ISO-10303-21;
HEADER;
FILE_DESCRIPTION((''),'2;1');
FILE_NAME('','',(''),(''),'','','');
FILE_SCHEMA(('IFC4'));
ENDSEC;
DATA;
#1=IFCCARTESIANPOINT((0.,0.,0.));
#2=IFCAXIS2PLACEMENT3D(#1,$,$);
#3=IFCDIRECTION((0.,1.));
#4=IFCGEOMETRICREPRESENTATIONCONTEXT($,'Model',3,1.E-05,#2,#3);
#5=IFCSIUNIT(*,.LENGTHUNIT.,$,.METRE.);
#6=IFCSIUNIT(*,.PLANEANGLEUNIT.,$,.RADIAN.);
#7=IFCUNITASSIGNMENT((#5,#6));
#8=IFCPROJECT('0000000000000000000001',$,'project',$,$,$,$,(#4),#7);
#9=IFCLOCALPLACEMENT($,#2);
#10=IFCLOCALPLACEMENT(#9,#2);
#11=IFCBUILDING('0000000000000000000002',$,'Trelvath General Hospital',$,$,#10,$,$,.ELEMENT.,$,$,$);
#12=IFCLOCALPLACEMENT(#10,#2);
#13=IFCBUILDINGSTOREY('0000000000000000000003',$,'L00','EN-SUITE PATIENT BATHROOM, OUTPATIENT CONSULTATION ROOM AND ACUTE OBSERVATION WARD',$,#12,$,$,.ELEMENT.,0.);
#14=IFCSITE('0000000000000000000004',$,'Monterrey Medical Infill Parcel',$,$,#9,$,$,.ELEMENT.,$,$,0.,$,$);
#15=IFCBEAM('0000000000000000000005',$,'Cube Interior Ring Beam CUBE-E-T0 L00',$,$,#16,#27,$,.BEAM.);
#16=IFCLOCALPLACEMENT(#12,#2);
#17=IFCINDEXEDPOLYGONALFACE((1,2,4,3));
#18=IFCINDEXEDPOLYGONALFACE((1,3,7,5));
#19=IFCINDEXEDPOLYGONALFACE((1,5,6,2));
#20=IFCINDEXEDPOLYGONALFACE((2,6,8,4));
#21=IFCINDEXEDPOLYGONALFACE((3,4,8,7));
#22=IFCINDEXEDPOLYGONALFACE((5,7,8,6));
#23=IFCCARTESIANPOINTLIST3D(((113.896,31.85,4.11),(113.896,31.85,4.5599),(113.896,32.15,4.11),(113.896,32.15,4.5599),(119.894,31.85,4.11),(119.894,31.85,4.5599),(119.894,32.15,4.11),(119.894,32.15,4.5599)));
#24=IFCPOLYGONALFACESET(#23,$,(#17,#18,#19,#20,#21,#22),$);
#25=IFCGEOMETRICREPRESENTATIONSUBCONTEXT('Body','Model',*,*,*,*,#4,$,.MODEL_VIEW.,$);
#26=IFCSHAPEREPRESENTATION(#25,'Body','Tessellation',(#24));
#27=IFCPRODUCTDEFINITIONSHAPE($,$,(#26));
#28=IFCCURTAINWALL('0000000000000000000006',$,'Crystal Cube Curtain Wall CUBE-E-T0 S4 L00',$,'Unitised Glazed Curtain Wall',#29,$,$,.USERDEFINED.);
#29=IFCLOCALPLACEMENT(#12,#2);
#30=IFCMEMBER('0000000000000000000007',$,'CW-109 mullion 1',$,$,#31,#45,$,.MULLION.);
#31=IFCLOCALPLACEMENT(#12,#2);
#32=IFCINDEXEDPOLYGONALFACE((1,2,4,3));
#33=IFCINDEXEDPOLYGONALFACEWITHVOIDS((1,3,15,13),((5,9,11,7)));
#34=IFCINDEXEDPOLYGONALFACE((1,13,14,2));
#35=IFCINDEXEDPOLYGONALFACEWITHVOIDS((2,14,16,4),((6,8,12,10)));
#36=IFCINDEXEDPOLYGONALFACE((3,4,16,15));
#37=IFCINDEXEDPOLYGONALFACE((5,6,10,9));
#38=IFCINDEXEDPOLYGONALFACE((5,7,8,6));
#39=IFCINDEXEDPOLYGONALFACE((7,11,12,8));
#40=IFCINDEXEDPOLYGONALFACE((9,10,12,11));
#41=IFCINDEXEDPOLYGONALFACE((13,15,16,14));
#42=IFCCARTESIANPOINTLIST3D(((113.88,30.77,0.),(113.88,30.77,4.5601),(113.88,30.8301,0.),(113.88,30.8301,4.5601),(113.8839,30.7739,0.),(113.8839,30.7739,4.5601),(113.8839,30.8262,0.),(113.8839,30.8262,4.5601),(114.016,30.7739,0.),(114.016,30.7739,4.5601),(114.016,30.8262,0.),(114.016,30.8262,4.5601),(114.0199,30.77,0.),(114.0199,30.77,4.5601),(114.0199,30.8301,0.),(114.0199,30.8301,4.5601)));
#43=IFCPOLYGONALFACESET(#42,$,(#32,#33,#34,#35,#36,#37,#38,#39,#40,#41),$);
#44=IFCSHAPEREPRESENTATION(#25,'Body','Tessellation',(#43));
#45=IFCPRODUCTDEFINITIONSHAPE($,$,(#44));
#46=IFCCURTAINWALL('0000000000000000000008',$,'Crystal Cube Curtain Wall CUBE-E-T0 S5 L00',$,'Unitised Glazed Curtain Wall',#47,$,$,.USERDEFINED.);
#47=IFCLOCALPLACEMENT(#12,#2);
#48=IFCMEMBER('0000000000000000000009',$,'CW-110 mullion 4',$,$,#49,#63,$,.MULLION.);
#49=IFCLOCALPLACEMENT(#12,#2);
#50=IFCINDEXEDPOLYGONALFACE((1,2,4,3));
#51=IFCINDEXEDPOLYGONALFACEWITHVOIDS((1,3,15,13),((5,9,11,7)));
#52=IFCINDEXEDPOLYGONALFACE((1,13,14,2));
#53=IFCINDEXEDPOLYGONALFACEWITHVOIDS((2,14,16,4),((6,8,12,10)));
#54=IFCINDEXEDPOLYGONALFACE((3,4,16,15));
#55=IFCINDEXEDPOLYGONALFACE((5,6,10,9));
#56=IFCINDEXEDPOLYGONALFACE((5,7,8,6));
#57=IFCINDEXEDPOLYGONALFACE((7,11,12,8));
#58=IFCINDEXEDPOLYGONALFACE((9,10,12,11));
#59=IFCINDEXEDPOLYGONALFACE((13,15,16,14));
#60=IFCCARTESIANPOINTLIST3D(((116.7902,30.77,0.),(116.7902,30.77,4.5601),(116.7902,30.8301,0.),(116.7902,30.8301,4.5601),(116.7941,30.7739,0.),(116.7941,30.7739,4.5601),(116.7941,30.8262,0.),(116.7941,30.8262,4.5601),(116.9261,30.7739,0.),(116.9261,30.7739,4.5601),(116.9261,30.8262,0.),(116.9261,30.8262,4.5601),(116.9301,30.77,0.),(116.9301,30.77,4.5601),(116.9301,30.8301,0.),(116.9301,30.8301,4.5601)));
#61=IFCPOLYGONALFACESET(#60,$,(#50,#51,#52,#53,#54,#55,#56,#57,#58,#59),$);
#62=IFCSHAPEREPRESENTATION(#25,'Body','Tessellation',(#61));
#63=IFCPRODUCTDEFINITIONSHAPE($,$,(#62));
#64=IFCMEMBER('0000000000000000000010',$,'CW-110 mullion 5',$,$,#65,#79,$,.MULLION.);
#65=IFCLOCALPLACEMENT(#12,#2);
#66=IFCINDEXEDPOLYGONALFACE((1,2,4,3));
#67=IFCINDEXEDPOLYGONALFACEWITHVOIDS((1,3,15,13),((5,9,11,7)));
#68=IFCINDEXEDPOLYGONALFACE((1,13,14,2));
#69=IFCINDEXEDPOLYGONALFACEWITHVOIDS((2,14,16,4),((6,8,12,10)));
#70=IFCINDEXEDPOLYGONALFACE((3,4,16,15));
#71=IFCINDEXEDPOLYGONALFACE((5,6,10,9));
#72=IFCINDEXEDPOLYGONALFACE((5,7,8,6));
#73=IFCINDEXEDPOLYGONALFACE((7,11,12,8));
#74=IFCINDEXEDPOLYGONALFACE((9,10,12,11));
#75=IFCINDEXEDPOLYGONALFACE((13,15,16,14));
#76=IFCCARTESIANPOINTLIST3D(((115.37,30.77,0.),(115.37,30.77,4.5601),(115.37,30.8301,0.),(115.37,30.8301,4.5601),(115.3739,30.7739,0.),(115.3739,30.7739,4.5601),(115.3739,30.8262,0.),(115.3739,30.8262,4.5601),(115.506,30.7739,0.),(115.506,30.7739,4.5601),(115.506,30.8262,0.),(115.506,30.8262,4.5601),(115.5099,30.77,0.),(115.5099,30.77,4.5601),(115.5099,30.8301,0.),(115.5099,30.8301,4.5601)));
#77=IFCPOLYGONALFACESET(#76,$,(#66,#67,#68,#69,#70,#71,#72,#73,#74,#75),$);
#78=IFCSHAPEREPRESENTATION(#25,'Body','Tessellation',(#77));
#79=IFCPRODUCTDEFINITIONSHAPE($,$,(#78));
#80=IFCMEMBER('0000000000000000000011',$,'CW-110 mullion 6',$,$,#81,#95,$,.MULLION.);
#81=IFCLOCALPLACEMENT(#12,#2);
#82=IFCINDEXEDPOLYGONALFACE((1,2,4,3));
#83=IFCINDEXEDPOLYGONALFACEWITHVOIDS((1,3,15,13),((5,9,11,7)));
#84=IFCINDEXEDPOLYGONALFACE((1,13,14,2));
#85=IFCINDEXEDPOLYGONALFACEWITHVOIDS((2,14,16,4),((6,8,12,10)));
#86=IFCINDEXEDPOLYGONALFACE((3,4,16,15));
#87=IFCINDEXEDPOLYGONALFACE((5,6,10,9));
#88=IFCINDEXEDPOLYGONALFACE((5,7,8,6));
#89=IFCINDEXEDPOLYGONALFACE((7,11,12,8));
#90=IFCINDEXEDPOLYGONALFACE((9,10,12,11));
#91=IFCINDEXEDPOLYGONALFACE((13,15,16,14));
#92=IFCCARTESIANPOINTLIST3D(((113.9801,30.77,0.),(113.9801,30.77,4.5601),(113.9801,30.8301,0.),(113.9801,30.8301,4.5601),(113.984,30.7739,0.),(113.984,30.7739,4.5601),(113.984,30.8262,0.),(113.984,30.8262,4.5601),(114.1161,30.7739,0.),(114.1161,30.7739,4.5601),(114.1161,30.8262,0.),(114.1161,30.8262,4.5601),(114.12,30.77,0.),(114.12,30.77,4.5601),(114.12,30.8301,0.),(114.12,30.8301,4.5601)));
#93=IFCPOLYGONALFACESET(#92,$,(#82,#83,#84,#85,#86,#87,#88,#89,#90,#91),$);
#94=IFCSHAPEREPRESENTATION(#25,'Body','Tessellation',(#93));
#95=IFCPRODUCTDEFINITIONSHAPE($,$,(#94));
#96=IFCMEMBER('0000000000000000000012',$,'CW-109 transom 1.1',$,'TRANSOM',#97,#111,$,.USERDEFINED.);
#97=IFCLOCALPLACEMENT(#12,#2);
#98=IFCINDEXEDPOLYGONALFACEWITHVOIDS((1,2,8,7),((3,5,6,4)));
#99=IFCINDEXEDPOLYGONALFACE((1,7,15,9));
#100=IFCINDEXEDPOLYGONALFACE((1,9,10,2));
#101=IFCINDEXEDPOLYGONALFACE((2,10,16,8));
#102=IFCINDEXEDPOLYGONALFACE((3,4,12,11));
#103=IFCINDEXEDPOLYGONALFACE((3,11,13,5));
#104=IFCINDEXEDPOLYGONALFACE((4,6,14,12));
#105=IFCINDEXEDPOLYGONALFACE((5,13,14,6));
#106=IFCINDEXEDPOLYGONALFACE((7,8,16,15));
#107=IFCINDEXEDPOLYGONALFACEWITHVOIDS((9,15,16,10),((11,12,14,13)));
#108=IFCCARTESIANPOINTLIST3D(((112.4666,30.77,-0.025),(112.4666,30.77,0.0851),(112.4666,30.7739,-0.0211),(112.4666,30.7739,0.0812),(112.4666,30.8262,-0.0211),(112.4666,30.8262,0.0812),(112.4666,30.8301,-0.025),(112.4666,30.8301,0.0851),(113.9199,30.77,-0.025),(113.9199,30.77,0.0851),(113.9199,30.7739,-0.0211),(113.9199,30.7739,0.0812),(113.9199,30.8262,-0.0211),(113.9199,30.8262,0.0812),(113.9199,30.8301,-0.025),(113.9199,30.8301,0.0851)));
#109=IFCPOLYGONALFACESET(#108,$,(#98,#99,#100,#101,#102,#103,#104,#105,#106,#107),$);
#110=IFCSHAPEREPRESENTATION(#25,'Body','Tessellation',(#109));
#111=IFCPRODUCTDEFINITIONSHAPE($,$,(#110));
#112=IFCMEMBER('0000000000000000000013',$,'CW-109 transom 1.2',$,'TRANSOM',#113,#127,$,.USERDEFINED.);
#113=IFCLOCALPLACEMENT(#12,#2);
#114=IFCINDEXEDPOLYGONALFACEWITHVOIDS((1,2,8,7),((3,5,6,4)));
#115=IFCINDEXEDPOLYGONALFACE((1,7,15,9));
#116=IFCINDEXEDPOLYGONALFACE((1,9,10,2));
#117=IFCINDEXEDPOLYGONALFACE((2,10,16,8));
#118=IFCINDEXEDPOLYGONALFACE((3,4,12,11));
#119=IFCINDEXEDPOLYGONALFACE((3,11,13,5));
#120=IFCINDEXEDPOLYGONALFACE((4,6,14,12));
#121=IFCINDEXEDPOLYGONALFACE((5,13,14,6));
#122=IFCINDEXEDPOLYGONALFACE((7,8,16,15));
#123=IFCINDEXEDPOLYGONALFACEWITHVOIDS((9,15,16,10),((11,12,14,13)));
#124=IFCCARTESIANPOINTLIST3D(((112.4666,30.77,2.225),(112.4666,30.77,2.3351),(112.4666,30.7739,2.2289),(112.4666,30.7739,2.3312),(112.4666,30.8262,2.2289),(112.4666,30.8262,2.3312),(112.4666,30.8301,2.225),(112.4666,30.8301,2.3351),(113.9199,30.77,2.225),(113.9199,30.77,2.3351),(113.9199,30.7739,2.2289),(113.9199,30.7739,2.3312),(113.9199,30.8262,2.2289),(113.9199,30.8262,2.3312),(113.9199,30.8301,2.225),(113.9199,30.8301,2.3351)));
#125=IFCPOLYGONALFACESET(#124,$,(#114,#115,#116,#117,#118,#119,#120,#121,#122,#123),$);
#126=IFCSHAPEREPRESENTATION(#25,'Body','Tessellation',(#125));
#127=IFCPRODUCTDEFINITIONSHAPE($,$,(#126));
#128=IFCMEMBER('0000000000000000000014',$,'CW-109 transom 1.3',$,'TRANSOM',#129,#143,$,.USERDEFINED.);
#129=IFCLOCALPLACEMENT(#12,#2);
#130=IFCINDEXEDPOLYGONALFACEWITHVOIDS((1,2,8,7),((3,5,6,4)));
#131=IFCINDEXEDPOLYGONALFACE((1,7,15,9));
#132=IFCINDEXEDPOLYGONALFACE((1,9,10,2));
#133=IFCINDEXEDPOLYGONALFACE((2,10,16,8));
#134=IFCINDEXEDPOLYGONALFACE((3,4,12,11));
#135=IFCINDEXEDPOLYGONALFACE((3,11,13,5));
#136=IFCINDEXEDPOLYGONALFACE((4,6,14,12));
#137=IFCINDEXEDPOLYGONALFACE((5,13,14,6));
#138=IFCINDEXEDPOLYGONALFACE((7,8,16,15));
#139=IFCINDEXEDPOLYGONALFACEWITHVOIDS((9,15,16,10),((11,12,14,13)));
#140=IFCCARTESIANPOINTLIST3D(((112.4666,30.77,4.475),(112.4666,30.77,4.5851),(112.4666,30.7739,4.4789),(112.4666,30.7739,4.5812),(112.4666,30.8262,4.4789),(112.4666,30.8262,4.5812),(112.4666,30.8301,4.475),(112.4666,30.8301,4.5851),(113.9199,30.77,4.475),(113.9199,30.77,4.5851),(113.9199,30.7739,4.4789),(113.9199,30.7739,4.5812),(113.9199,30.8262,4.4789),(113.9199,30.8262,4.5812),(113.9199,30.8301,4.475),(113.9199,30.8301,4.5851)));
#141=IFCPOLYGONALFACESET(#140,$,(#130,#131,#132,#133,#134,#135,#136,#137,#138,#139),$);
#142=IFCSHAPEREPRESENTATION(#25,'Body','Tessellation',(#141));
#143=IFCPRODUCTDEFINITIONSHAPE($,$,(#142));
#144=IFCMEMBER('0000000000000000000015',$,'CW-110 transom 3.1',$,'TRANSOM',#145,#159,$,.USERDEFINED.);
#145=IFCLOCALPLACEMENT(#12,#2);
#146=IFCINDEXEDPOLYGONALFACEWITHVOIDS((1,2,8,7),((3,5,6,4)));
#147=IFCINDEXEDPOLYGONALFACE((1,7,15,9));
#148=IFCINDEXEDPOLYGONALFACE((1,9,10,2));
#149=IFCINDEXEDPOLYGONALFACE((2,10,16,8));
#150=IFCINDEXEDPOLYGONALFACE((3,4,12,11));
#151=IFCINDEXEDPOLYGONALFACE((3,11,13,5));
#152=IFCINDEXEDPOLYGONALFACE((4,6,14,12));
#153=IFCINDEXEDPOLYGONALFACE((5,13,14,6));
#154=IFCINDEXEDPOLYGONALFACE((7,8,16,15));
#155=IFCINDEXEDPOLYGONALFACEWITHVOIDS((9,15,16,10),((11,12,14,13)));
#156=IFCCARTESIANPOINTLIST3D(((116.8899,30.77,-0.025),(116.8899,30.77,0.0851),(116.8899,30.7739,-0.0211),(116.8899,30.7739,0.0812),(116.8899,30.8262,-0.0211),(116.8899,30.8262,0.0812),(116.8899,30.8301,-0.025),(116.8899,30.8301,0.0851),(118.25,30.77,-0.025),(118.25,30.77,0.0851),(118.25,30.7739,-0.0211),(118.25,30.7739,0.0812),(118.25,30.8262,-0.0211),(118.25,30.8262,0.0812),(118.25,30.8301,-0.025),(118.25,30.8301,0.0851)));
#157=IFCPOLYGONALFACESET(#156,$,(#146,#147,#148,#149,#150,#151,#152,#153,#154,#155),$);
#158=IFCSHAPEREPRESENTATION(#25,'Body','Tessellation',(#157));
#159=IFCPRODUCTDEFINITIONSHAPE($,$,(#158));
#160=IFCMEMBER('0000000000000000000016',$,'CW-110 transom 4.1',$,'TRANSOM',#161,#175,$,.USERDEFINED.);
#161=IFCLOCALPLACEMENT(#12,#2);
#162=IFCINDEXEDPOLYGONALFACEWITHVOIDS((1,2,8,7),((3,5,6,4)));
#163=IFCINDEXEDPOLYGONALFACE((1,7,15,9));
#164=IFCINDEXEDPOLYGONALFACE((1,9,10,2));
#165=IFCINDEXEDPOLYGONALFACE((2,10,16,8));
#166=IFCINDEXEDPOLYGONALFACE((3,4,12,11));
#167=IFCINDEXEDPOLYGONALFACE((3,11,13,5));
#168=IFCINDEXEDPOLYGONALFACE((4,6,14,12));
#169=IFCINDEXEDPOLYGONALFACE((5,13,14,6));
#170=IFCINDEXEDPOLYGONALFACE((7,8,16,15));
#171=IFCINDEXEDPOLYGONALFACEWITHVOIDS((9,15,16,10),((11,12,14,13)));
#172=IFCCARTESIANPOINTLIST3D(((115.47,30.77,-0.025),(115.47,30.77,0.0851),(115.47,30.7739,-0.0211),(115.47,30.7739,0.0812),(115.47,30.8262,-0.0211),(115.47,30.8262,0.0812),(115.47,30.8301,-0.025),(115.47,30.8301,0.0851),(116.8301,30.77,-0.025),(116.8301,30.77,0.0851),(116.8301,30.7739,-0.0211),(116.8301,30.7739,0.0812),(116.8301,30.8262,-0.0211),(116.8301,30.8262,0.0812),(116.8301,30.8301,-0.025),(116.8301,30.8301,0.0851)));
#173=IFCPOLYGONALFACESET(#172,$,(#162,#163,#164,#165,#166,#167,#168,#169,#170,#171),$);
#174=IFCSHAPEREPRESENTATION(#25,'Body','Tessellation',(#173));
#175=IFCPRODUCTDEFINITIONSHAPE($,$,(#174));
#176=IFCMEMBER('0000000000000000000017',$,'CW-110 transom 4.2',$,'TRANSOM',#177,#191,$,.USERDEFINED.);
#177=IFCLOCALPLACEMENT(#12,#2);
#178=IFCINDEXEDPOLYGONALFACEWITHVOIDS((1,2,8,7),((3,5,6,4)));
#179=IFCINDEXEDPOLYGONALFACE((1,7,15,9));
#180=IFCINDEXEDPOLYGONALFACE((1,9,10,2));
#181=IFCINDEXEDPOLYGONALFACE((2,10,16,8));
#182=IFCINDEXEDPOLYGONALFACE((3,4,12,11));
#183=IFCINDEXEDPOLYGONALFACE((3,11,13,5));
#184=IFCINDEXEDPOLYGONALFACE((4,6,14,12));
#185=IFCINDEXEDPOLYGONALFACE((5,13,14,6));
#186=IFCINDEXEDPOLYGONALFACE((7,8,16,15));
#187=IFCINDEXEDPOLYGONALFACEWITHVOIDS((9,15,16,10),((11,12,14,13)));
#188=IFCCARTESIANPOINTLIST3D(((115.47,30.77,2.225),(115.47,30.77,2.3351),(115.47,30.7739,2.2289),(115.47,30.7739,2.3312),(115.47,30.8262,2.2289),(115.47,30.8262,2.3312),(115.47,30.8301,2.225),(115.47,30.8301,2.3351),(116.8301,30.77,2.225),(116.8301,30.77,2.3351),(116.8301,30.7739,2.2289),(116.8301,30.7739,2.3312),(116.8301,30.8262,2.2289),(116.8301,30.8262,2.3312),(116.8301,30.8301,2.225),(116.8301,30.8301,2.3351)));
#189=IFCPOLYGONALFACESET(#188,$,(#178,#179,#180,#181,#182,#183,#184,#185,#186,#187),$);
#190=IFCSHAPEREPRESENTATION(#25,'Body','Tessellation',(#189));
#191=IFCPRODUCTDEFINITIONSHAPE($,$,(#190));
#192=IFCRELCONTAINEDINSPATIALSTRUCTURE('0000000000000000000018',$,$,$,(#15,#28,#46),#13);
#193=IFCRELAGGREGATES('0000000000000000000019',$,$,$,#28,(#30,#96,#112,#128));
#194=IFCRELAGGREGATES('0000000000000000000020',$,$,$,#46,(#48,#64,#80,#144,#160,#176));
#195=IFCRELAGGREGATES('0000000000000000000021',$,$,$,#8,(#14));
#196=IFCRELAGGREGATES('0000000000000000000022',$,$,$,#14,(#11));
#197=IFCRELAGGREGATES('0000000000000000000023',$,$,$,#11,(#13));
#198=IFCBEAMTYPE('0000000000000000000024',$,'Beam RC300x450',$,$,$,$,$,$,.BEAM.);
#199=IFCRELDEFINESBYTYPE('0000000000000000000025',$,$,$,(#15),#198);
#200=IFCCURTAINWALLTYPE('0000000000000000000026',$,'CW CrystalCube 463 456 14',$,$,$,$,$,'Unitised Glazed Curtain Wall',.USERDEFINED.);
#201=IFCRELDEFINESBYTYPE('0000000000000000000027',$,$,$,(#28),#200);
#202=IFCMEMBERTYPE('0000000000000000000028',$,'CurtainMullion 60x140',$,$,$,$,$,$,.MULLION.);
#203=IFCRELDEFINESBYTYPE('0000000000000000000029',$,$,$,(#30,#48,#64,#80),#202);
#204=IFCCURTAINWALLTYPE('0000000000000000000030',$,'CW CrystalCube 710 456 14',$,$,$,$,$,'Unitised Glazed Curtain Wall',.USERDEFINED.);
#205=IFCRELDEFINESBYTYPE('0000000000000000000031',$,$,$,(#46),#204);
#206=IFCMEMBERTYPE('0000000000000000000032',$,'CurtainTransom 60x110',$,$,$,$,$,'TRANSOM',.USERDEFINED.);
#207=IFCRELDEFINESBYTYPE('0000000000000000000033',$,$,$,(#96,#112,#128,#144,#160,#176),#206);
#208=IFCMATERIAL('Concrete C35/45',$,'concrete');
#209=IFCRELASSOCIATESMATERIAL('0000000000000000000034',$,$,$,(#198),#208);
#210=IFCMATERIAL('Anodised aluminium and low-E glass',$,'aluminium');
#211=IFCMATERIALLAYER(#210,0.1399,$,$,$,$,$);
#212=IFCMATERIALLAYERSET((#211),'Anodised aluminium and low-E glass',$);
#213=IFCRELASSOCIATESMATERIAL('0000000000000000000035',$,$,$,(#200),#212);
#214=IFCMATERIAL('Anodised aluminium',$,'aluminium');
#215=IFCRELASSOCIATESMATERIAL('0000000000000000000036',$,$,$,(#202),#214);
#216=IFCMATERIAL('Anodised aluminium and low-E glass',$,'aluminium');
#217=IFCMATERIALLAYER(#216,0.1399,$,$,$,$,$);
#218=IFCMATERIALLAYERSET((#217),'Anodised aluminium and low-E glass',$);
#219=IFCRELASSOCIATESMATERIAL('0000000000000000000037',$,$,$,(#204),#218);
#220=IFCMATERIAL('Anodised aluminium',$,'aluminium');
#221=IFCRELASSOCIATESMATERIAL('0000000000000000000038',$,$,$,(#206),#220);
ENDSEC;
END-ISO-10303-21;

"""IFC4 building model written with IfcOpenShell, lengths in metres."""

from ifc_helpers import new_model, si_unit, direction, frame, origin, origin_2d, place, context, subcontext, project, spatial, rectangle, hollow_rectangle, extrude, material, layer, layer_set, material_profile, profile_set, type_object, element, aggregate, save


model = new_model("IFC4")

# Units and contexts
model_context = context("Model", 3, precision=1e-05, world=origin(), true_north=direction((0.0, 1.0)))
body_context = subcontext(model_context, "Body", "Model", "MODEL_VIEW")
ifc_project = project(units=[si_unit("LENGTHUNIT", "METRE"), si_unit("PLANEANGLEUNIT", "RADIAN")], contexts=[model_context])

# Site, building, storey
site_placement = place(None, origin())
site = spatial("IfcSite", under=ifc_project, at=site_placement, Name="Monterrey Medical Infill Parcel", CompositionType="ELEMENT", RefElevation=0.0)
building_placement = place(site_placement, origin())
building = spatial("IfcBuilding", under=site, at=building_placement, Name="Trelvath General Hospital", CompositionType="ELEMENT")
storey_placement = place(building_placement, origin())
storey = spatial("IfcBuildingStorey", under=building, at=storey_placement, Name="L00", Description="EN-SUITE PATIENT BATHROOM, OUTPATIENT CONSULTATION ROOM AND ACUTE OBSERVATION WARD", CompositionType="ELEMENT", Elevation=0.0)

# Beam
ifc_material_1 = material(Name="Concrete C35/45", Category="concrete")
ifc_material_profile_1 = material_profile(ifc_material_1, rectangle(XDim=0.3, YDim=0.45, at=origin_2d()), Name="RCB300x450")
ifc_profile_set_1 = profile_set([ifc_material_profile_1], Name="Concrete C35/45")
beam_type = type_object("IfcBeamType", Name="Beam RC300x450", PredefinedType="BEAM", material=ifc_profile_set_1)
beam_placement = place(storey_placement, frame((113.896, 32.0, 4.335), z_axis=(1.0, 0.0, 0.0), x_axis=(0.0, 1.0, 0.0)))
element("IfcBeam", 1, at=beam_placement, inside=storey, type_object=beam_type, Name="Cube Interior Ring Beam CUBE-E-T0 L00", PredefinedType="BEAM", context=body_context, shape_type="SweptSolid", body=[
    extrude(rectangle(XDim=0.3, YDim=0.45, at=origin_2d()), origin(), (0.0, 0.0, 1.0), 5.998),
])

# Curtain wall, member
ifc_material_2 = material(Name="Anodised aluminium and low-E glass", Category="aluminium")
ifc_layer_1 = layer(ifc_material_2, 0.1399)
ifc_layer_set_1 = layer_set([ifc_layer_1], Name="Anodised aluminium and low-E glass")
curtain_wall_type_1 = type_object("IfcCurtainWallType", Name="CW CrystalCube 463 456 14", ElementType="Unitised Glazed Curtain Wall", PredefinedType="USERDEFINED", material=ifc_layer_set_1)
curtain_wall_1_placement = place(storey_placement, origin())
curtain_wall_1 = element("IfcCurtainWall", 2, at=curtain_wall_1_placement, inside=storey, type_object=curtain_wall_type_1, Name="Crystal Cube Curtain Wall CUBE-E-T0 S4 L00", ObjectType="Unitised Glazed Curtain Wall", PredefinedType="USERDEFINED")
ifc_material_3 = material(Name="Anodised aluminium", Category="aluminium")
ifc_material_profile_2 = material_profile(ifc_material_3, hollow_rectangle(XDim=0.0601, YDim=0.1399, WallThickness=0.0039, at=origin_2d()), Name="RHS60x140x4")
ifc_profile_set_2 = profile_set([ifc_material_profile_2], Name="Anodised aluminium")
member_type_1 = type_object("IfcMemberType", Name="CurtainMullion 60x140", PredefinedType="MULLION", material=ifc_profile_set_2)
member_1_placement = place(storey_placement, frame((113.95, 30.8, 0.0), z_axis=(0.0, 0.0, 1.0), x_axis=(0.0, -1.0, 0.0)))
member_1 = element("IfcMember", 3, at=member_1_placement, type_object=member_type_1, Name="CW-109 mullion 1", PredefinedType="MULLION", context=body_context, shape_type="SweptSolid", body=[
    extrude(hollow_rectangle(XDim=0.0601, YDim=0.1399, WallThickness=0.0039, at=origin_2d()), origin(), (0.0, 0.0, 1.0), 4.5601),
])

# Curtain wall, members
ifc_material_4 = material(Name="Anodised aluminium and low-E glass", Category="aluminium")
ifc_layer_2 = layer(ifc_material_4, 0.1399)
ifc_layer_set_2 = layer_set([ifc_layer_2], Name="Anodised aluminium and low-E glass")
curtain_wall_type_2 = type_object("IfcCurtainWallType", Name="CW CrystalCube 710 456 14", ElementType="Unitised Glazed Curtain Wall", PredefinedType="USERDEFINED", material=ifc_layer_set_2)
curtain_wall_2_placement = place(storey_placement, origin())
curtain_wall_2 = element("IfcCurtainWall", 4, at=curtain_wall_2_placement, inside=storey, type_object=curtain_wall_type_2, Name="Crystal Cube Curtain Wall CUBE-E-T0 S5 L00", ObjectType="Unitised Glazed Curtain Wall", PredefinedType="USERDEFINED")
member_2_placement = place(storey_placement, frame((116.8601, 30.8, 0.0), z_axis=(0.0, 0.0, 1.0), x_axis=(0.0, -1.0, 0.0)))
member_2 = element("IfcMember", 5, at=member_2_placement, type_object=member_type_1, Name="CW-110 mullion 4", PredefinedType="MULLION", context=body_context, shape_type="SweptSolid", body=[
    extrude(hollow_rectangle(XDim=0.0601, YDim=0.1399, WallThickness=0.0039, at=origin_2d()), origin(), (0.0, 0.0, 1.0), 4.5601),
])
member_3_placement = place(storey_placement, frame((115.4399, 30.8, 0.0), z_axis=(0.0, 0.0, 1.0), x_axis=(0.0, -1.0, 0.0)))
member_3 = element("IfcMember", 6, at=member_3_placement, type_object=member_type_1, Name="CW-110 mullion 5", PredefinedType="MULLION", context=body_context, shape_type="SweptSolid", body=[
    extrude(hollow_rectangle(XDim=0.0601, YDim=0.1399, WallThickness=0.0039, at=origin_2d()), origin(), (0.0, 0.0, 1.0), 4.5601),
])
member_4_placement = place(storey_placement, frame((114.05, 30.8, 0.0), z_axis=(0.0, 0.0, 1.0), x_axis=(0.0, -1.0, 0.0)))
member_4 = element("IfcMember", 7, at=member_4_placement, type_object=member_type_1, Name="CW-110 mullion 6", PredefinedType="MULLION", context=body_context, shape_type="SweptSolid", body=[
    extrude(hollow_rectangle(XDim=0.0601, YDim=0.1399, WallThickness=0.0039, at=origin_2d()), origin(), (0.0, 0.0, 1.0), 4.5601),
])

# Members
ifc_material_5 = material(Name="Anodised aluminium", Category="aluminium")
ifc_material_profile_3 = material_profile(ifc_material_5, hollow_rectangle(XDim=0.0601, YDim=0.1101, WallThickness=0.0039, at=origin_2d()), Name="RHS60x110x4")
ifc_profile_set_3 = profile_set([ifc_material_profile_3], Name="Anodised aluminium")
member_type_2 = type_object("IfcMemberType", Name="CurtainTransom 60x110", ElementType="TRANSOM", PredefinedType="USERDEFINED", material=ifc_profile_set_3)
member_5_placement = place(storey_placement, frame((113.9199, 30.8, 0.03), z_axis=(-1.0, 0.0, 0.0), x_axis=(0.0, -1.0, 0.0)))
member_5 = element("IfcMember", 8, at=member_5_placement, type_object=member_type_2, Name="CW-109 transom 1.1", ObjectType="TRANSOM", PredefinedType="USERDEFINED", context=body_context, shape_type="SweptSolid", body=[
    extrude(hollow_rectangle(XDim=0.0601, YDim=0.1101, WallThickness=0.0039, at=origin_2d()), origin(), (0.0, 0.0, 1.0), 1.4534),
])
member_6_placement = place(storey_placement, frame((113.9199, 30.8, 2.28), z_axis=(-1.0, 0.0, 0.0), x_axis=(0.0, -1.0, 0.0)))
member_6 = element("IfcMember", 9, at=member_6_placement, type_object=member_type_2, Name="CW-109 transom 1.2", ObjectType="TRANSOM", PredefinedType="USERDEFINED", context=body_context, shape_type="SweptSolid", body=[
    extrude(hollow_rectangle(XDim=0.0601, YDim=0.1101, WallThickness=0.0039, at=origin_2d()), origin(), (0.0, 0.0, 1.0), 1.4534),
])
member_7_placement = place(storey_placement, frame((113.9199, 30.8, 4.53), z_axis=(-1.0, 0.0, 0.0), x_axis=(0.0, -1.0, 0.0)))
member_7 = element("IfcMember", 10, at=member_7_placement, type_object=member_type_2, Name="CW-109 transom 1.3", ObjectType="TRANSOM", PredefinedType="USERDEFINED", context=body_context, shape_type="SweptSolid", body=[
    extrude(hollow_rectangle(XDim=0.0601, YDim=0.1101, WallThickness=0.0039, at=origin_2d()), origin(), (0.0, 0.0, 1.0), 1.4534),
])
aggregate(curtain_wall_1, [member_1, member_5, member_6, member_7])
member_8_placement = place(storey_placement, frame((118.25, 30.8, 0.03), z_axis=(-1.0, 0.0, 0.0), x_axis=(0.0, -1.0, 0.0)))
member_8 = element("IfcMember", 11, at=member_8_placement, type_object=member_type_2, Name="CW-110 transom 3.1", ObjectType="TRANSOM", PredefinedType="USERDEFINED", context=body_context, shape_type="SweptSolid", body=[
    extrude(hollow_rectangle(XDim=0.0601, YDim=0.1101, WallThickness=0.0039, at=origin_2d()), origin(), (0.0, 0.0, 1.0), 1.3601),
])
member_9_placement = place(storey_placement, frame((116.8301, 30.8, 0.03), z_axis=(-1.0, 0.0, 0.0), x_axis=(0.0, -1.0, 0.0)))
member_9 = element("IfcMember", 12, at=member_9_placement, type_object=member_type_2, Name="CW-110 transom 4.1", ObjectType="TRANSOM", PredefinedType="USERDEFINED", context=body_context, shape_type="SweptSolid", body=[
    extrude(hollow_rectangle(XDim=0.0601, YDim=0.1101, WallThickness=0.0039, at=origin_2d()), origin(), (0.0, 0.0, 1.0), 1.3601),
])
member_10_placement = place(storey_placement, frame((116.8301, 30.8, 2.28), z_axis=(-1.0, 0.0, 0.0), x_axis=(0.0, -1.0, 0.0)))
member_10 = element("IfcMember", 13, at=member_10_placement, type_object=member_type_2, Name="CW-110 transom 4.2", ObjectType="TRANSOM", PredefinedType="USERDEFINED", context=body_context, shape_type="SweptSolid", body=[
    extrude(hollow_rectangle(XDim=0.0601, YDim=0.1101, WallThickness=0.0039, at=origin_2d()), origin(), (0.0, 0.0, 1.0), 1.3601),
])

aggregate(curtain_wall_2, [member_2, member_3, member_4, member_8, member_9, member_10])

save(model, "model.ifc")
